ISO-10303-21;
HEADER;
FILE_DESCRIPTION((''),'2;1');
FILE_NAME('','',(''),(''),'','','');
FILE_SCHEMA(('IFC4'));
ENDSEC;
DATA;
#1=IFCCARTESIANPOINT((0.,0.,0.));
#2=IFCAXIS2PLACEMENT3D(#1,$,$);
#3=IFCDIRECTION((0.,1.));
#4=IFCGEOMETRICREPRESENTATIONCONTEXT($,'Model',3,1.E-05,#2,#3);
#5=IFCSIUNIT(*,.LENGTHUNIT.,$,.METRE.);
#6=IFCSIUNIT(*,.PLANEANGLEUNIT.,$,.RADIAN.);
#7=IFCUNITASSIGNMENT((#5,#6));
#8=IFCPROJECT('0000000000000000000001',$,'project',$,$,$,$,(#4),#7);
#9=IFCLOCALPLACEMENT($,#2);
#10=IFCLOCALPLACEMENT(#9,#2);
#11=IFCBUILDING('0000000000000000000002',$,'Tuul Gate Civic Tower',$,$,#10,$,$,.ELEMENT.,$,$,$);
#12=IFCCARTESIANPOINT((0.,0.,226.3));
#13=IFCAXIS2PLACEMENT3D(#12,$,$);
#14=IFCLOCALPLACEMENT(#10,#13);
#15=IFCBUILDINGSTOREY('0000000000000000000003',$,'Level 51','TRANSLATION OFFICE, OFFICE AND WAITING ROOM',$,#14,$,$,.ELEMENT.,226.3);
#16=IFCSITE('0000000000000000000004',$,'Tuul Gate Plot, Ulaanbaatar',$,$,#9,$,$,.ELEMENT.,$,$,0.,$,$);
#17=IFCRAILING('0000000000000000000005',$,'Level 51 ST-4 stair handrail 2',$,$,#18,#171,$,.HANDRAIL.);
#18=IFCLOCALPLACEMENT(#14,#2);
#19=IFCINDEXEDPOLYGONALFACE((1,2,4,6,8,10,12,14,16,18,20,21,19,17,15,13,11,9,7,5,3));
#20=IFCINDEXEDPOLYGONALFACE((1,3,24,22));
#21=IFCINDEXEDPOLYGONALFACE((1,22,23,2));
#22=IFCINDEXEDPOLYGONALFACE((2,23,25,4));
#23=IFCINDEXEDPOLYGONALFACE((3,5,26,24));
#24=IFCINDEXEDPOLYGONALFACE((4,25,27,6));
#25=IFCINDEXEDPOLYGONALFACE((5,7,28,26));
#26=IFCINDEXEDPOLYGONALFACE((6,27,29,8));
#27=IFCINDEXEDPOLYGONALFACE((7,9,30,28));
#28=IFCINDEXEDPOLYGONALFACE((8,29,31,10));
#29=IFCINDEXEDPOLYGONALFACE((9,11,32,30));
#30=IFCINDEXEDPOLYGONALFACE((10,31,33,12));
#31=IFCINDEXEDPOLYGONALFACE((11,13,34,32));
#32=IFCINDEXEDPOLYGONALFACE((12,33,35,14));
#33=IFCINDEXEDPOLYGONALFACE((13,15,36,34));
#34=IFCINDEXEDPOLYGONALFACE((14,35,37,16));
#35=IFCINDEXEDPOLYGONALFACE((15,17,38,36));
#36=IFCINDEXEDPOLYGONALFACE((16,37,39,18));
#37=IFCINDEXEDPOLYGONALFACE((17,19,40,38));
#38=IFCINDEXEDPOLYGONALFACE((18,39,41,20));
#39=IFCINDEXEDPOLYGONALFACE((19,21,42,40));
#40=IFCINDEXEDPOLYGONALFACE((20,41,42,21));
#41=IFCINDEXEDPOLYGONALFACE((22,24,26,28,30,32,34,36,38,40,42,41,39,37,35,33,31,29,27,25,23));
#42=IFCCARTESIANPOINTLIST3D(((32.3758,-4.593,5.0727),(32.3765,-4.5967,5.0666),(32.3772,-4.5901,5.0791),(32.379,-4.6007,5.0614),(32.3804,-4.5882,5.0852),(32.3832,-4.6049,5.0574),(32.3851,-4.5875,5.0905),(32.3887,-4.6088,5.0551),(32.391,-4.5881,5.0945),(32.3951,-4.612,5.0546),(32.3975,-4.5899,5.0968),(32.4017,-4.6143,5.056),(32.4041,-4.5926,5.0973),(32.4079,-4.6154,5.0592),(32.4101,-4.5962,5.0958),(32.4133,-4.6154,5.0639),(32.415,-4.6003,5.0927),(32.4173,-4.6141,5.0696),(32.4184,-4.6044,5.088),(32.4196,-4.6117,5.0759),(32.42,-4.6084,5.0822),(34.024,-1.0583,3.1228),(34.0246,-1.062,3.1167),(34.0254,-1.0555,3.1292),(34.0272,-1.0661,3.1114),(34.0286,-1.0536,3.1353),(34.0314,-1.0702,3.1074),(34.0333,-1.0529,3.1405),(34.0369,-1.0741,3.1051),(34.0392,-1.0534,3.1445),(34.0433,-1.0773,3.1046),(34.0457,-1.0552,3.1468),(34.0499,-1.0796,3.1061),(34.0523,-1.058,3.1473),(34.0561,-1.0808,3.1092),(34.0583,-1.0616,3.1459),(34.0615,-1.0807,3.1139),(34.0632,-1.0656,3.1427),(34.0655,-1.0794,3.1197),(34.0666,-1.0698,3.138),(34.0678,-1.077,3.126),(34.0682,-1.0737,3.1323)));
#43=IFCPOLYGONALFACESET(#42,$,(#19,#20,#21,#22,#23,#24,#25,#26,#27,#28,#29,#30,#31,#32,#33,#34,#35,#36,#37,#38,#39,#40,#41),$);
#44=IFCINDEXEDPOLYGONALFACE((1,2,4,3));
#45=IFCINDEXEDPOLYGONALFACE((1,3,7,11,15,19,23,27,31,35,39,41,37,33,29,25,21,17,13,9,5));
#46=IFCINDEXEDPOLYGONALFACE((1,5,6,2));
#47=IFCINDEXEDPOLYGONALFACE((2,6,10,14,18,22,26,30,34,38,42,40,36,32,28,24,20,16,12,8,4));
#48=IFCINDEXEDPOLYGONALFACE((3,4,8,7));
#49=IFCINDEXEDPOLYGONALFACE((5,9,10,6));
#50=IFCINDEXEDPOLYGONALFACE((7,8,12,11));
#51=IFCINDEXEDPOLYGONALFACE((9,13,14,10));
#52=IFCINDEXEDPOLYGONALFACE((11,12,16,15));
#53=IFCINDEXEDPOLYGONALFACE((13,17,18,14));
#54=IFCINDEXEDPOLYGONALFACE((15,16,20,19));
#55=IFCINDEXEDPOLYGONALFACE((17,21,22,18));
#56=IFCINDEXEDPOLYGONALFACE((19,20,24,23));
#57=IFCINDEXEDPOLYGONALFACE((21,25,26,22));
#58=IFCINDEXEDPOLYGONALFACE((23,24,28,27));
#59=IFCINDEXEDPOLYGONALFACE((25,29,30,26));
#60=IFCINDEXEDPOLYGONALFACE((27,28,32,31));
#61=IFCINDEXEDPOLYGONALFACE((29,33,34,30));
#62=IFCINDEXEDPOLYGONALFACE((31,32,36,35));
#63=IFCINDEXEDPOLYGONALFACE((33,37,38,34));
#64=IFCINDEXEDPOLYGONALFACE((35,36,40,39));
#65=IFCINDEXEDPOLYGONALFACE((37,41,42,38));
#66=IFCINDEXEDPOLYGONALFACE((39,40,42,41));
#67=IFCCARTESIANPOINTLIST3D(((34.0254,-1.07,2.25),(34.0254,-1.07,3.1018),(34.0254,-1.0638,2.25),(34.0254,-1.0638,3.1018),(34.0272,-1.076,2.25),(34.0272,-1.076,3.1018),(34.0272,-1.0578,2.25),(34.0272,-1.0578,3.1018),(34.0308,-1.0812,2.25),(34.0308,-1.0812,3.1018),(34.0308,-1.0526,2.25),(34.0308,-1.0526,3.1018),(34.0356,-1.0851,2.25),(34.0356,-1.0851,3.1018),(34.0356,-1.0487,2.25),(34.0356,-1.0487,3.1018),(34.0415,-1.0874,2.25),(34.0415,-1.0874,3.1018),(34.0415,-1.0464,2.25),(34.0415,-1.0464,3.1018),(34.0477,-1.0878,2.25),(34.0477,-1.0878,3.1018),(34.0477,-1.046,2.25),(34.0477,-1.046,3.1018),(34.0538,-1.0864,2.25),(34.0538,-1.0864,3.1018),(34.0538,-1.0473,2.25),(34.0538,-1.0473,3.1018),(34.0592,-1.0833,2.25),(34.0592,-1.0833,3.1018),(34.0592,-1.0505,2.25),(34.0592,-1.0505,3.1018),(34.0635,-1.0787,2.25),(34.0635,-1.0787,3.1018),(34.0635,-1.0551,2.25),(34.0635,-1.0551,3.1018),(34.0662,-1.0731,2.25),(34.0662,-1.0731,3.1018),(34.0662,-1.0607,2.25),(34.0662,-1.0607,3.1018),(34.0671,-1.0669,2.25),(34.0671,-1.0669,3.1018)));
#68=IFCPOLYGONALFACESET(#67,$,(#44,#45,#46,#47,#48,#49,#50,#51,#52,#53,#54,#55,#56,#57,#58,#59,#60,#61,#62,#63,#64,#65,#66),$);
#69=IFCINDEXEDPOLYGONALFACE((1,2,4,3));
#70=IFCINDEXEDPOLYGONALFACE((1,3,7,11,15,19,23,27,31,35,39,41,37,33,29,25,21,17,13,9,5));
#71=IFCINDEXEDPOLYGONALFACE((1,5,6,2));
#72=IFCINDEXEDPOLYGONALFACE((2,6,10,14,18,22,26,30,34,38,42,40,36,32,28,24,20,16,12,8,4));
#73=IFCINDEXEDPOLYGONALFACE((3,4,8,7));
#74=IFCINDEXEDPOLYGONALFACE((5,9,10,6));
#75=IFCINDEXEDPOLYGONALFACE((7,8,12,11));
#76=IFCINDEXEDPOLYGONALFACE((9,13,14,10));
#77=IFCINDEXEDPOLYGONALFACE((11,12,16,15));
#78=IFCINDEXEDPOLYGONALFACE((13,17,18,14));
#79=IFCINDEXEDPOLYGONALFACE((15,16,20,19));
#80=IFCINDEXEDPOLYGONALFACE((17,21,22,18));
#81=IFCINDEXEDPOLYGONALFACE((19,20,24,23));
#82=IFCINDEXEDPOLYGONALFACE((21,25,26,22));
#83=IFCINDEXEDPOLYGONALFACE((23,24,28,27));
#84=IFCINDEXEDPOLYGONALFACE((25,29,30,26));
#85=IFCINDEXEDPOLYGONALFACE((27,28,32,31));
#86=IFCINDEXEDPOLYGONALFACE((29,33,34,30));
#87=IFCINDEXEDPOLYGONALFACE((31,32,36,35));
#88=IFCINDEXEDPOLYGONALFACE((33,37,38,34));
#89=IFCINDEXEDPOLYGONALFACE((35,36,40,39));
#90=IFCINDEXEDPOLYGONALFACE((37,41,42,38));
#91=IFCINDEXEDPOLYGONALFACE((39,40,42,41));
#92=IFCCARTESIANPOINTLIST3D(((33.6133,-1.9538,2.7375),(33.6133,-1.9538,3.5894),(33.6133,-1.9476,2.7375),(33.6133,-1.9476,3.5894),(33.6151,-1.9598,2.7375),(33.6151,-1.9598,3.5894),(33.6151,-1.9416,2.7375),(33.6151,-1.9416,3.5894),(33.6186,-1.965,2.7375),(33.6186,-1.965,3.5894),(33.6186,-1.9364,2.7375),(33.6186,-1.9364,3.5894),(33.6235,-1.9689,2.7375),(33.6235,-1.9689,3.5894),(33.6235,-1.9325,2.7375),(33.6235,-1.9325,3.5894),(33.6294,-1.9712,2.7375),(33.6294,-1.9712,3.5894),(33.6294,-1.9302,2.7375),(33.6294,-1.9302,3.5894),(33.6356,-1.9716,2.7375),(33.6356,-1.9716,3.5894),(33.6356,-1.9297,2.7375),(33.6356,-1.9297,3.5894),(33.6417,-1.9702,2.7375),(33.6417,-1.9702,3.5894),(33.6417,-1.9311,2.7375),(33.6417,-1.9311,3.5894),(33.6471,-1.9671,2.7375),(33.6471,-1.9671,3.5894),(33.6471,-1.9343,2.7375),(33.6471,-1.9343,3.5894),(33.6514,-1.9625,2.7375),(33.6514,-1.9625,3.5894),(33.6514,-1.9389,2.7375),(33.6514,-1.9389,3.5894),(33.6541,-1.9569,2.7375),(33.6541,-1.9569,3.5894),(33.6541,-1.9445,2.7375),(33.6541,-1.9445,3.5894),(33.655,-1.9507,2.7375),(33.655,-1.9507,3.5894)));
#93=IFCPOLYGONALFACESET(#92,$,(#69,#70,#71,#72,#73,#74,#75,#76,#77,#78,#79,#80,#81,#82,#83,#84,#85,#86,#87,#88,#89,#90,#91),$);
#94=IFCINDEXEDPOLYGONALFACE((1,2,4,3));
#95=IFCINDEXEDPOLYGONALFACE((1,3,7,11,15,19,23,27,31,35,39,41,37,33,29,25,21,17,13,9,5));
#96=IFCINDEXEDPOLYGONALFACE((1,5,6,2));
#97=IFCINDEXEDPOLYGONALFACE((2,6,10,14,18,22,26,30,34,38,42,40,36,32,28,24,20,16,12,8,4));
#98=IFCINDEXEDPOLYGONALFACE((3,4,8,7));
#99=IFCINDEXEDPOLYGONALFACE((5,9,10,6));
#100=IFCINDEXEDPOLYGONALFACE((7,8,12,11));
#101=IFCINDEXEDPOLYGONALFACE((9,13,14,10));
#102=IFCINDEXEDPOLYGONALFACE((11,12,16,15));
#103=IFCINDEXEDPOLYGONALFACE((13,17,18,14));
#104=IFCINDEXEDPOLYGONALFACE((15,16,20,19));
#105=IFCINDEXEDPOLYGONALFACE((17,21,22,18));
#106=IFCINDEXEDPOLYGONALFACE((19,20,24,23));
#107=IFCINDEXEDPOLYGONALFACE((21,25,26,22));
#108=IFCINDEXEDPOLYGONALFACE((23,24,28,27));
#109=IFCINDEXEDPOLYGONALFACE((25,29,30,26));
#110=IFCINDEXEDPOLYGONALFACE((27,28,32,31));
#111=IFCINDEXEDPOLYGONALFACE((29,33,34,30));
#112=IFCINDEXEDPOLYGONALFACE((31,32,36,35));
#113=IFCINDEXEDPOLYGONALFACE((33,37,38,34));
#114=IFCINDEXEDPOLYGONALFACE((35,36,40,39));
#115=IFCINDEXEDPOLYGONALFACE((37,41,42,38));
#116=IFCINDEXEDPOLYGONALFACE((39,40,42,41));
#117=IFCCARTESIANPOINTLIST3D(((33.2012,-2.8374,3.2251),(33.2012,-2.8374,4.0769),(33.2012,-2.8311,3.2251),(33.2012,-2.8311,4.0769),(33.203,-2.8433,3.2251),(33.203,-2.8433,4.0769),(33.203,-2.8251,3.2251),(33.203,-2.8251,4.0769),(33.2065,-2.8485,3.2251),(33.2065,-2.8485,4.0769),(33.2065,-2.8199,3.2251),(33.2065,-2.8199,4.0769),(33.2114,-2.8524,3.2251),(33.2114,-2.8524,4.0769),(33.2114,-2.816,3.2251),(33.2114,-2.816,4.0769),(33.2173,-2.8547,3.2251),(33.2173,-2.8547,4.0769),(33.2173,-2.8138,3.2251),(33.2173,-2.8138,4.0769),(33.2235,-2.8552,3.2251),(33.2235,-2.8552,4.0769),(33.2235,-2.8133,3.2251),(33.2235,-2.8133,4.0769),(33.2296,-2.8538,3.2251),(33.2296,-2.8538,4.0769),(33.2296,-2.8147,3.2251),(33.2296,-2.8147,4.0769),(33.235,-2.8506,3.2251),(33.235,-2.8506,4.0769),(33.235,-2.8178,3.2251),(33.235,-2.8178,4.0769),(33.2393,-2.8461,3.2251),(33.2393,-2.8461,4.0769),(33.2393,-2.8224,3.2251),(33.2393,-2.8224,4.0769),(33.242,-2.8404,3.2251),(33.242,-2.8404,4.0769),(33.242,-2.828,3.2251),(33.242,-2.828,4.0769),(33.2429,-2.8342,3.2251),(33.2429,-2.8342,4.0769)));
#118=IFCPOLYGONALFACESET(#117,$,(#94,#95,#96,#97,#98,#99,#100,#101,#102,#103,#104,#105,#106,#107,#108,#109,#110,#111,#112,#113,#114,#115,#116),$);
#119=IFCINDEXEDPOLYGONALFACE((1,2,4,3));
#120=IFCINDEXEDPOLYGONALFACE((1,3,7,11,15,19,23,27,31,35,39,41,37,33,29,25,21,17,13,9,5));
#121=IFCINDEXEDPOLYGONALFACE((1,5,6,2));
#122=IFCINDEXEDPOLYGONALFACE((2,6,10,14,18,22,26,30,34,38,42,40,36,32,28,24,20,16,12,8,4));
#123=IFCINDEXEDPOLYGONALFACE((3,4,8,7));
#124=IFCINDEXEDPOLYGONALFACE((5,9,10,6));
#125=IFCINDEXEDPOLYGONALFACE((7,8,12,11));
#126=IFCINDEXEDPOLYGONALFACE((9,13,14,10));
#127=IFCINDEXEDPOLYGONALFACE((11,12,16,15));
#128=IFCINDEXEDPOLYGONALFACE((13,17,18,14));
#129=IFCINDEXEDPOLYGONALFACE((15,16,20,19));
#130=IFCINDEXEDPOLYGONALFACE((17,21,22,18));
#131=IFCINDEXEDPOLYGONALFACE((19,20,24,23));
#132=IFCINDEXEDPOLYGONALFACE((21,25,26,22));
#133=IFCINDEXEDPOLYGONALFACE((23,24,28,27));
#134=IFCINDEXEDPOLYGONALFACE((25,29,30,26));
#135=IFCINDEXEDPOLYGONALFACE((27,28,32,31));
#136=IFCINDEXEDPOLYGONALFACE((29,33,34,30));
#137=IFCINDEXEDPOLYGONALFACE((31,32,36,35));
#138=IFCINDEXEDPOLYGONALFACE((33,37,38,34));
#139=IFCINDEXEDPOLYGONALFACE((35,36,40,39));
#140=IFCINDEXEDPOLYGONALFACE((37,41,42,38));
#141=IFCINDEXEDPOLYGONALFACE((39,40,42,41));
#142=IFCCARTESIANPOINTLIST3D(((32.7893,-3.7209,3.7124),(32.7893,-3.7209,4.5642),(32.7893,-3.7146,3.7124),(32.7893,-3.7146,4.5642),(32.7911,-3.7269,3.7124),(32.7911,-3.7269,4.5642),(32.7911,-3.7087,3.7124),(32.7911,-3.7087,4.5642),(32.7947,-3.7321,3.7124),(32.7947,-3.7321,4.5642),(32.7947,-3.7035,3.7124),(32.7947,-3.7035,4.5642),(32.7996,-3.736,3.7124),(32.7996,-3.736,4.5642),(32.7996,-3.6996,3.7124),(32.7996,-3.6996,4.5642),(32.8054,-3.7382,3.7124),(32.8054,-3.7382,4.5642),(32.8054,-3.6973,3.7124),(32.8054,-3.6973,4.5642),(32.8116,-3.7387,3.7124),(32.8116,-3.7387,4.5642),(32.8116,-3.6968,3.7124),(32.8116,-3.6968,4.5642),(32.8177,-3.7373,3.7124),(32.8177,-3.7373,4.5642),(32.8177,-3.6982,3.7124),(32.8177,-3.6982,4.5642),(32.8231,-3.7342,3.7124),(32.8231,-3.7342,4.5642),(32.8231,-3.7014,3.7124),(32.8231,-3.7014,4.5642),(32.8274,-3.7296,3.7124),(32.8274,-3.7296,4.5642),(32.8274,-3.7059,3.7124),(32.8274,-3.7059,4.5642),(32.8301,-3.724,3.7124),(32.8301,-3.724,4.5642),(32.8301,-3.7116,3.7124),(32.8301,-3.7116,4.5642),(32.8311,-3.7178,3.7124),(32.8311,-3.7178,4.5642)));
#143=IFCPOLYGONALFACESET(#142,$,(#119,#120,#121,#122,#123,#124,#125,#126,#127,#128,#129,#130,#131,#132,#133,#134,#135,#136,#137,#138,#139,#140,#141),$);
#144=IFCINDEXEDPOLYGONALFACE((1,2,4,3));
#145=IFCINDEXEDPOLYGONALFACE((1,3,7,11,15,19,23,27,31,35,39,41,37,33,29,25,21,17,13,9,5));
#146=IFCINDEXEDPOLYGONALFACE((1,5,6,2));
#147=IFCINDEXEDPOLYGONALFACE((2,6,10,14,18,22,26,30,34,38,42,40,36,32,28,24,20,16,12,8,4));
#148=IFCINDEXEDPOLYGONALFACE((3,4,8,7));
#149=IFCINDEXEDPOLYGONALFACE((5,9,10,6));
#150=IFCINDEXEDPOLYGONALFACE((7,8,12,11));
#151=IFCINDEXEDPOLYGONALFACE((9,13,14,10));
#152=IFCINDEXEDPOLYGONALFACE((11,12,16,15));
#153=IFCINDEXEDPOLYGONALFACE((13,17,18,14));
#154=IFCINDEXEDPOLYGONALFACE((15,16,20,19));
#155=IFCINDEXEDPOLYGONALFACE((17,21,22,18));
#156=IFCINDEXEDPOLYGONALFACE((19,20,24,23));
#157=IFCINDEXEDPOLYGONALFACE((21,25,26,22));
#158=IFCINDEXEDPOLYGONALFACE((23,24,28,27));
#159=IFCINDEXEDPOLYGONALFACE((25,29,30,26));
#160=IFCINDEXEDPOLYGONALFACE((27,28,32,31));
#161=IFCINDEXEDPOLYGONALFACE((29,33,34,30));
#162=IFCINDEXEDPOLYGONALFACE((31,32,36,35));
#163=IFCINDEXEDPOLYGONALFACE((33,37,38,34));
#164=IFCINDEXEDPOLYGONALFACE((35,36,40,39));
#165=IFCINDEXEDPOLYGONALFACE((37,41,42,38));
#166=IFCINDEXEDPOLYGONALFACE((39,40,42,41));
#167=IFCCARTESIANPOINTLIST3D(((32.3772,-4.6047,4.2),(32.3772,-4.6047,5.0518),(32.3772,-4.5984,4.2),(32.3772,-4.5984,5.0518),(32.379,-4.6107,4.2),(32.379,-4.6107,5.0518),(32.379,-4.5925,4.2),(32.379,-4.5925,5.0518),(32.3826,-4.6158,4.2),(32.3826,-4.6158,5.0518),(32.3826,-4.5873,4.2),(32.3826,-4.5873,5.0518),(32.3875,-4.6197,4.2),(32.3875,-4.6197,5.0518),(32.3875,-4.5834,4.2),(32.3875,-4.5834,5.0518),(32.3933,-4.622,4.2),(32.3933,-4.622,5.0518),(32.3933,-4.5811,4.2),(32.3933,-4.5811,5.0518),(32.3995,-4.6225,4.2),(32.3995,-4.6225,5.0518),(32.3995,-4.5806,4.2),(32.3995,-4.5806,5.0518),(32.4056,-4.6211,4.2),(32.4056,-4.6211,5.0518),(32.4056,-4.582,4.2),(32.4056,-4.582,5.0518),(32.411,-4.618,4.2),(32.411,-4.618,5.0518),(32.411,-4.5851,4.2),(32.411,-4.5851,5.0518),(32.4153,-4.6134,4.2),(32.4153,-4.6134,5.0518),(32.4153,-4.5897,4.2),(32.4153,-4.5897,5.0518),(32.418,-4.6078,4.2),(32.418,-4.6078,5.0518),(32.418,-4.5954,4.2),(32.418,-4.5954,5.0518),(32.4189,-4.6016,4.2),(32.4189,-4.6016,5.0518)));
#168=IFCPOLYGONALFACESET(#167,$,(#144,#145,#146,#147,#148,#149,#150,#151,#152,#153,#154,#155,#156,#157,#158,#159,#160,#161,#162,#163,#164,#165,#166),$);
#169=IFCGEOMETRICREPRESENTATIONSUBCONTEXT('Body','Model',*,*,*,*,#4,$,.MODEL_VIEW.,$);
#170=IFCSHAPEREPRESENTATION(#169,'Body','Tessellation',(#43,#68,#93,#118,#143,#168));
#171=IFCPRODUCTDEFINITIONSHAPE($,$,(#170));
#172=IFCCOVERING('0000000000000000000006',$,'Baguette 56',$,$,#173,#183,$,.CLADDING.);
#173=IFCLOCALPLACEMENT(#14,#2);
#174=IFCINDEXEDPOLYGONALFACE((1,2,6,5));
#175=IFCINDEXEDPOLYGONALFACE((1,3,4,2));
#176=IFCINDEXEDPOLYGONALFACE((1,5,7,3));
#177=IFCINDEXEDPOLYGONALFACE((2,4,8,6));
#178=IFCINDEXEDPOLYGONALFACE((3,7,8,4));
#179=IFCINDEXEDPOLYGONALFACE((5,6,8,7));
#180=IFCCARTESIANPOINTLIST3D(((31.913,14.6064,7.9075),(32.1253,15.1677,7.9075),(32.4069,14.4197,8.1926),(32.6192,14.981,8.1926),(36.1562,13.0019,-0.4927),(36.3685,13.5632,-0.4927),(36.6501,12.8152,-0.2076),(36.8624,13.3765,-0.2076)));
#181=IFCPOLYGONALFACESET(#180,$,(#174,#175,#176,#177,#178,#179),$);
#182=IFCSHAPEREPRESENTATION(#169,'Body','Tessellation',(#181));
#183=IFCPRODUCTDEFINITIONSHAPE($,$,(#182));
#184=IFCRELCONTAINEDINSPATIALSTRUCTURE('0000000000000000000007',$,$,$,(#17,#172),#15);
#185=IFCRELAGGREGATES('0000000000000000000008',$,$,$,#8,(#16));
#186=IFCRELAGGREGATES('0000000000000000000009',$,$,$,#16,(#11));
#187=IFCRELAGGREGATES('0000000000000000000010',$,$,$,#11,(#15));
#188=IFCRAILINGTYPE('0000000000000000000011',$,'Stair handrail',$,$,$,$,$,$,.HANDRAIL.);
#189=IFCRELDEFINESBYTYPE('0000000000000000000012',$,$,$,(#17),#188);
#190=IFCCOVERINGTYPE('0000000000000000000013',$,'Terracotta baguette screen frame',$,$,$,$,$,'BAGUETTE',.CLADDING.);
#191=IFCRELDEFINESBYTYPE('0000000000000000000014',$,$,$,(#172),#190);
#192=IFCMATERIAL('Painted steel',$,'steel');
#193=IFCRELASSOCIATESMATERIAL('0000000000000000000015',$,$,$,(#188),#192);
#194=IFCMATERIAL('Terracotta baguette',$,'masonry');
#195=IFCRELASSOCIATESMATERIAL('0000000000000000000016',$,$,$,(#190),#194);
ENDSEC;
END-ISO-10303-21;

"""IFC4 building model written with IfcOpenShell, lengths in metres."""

from ifc_helpers import new_model, si_unit, direction, frame, origin, origin_2d, place, context, subcontext, project, spatial, rectangle, circle, extrude, material, material_profile, profile_set, type_object, element, save


model = new_model("IFC4")

# Units and contexts
model_context = context("Model", 3, precision=1e-05, world=origin(), true_north=direction((0.0, 1.0)))
body_context = subcontext(model_context, "Body", "Model", "MODEL_VIEW")
ifc_project = project(units=[si_unit("LENGTHUNIT", "METRE"), si_unit("PLANEANGLEUNIT", "RADIAN")], contexts=[model_context])

# Site, building, storey
site_placement = place(None, origin())
site = spatial("IfcSite", under=ifc_project, at=site_placement, Name="Tuul Gate Plot, Ulaanbaatar", CompositionType="ELEMENT", RefElevation=0.0)
building_placement = place(site_placement, origin())
building = spatial("IfcBuilding", under=site, at=building_placement, Name="Tuul Gate Civic Tower", CompositionType="ELEMENT")
storey_placement = place(building_placement, frame((0.0, 0.0, 226.3)))
storey = spatial("IfcBuildingStorey", under=building, at=storey_placement, Name="Level 51", Description="TRANSLATION OFFICE, OFFICE AND WAITING ROOM", CompositionType="ELEMENT", Elevation=226.3)

# Railing
ifc_material_1 = material(Name="Painted steel", Category="steel")
railing_type = type_object("IfcRailingType", Name="Stair handrail", PredefinedType="HANDRAIL", material=ifc_material_1)
railing_placement = place(storey_placement, frame((34.0461, -1.0669, 2.25)))
element("IfcRailing", 1, at=railing_placement, inside=storey, type_object=railing_type, Name="Level 51 ST-4 stair handrail 2", PredefinedType="HANDRAIL", context=body_context, shape_type="SweptSolid", body=[
    extrude(circle(Radius=0.0239, at=origin_2d()), frame((0.0, 0.0, 0.876), z_axis=(-0.377995, -0.810637, 0.4472), x_axis=(0.906313, -0.422608, 0.0)), (0.0, 0.0, 1.0), 4.3604),
    extrude(circle(Radius=0.021, at=origin_2d()), origin(), (0.0, 0.0, 1.0), 0.8518),
    extrude(circle(Radius=0.021, at=origin_2d()), frame((-0.4121, -0.8838, 0.4875)), (0.0, 0.0, 1.0), 0.8518),
    extrude(circle(Radius=0.021, at=origin_2d()), frame((-0.8242, -1.7673, 0.9751)), (0.0, 0.0, 1.0), 0.8518),
    extrude(circle(Radius=0.021, at=origin_2d()), frame((-1.2361, -2.6509, 1.4624)), (0.0, 0.0, 1.0), 0.8518),
    extrude(circle(Radius=0.021, at=origin_2d()), frame((-1.6482, -3.5347, 1.95)), (0.0, 0.0, 1.0), 0.8518),
])

# Covering
ifc_material_2 = material(Name="Terracotta baguette", Category="masonry")
ifc_material_profile_1 = material_profile(ifc_material_2, rectangle(XDim=0.6001, YDim=0.6001, at=origin_2d()), Name="Terracotta baguette screen frame")
ifc_profile_set_1 = profile_set([ifc_material_profile_1], Name="Terracotta baguette")
covering_type = type_object("IfcCoveringType", Name="Terracotta baguette screen frame", ElementType="BAGUETTE", PredefinedType="CLADDING", material=ifc_profile_set_1)
covering_placement = place(storey_placement, frame((32.2661, 14.7937, 8.05), z_axis=(0.44446, -0.168066, -0.879892), x_axis=(0.353694, 0.935361, 0.0)))
element("IfcCovering", 2, at=covering_placement, inside=storey, type_object=covering_type, Name="Baguette 56", PredefinedType="CLADDING", context=body_context, shape_type="SweptSolid", body=[
    extrude(rectangle(XDim=0.6001, YDim=0.6001, at=origin_2d()), origin(), (0.0, 0.0, 1.0), 9.5469),
])

save(model, "model.ifc")
